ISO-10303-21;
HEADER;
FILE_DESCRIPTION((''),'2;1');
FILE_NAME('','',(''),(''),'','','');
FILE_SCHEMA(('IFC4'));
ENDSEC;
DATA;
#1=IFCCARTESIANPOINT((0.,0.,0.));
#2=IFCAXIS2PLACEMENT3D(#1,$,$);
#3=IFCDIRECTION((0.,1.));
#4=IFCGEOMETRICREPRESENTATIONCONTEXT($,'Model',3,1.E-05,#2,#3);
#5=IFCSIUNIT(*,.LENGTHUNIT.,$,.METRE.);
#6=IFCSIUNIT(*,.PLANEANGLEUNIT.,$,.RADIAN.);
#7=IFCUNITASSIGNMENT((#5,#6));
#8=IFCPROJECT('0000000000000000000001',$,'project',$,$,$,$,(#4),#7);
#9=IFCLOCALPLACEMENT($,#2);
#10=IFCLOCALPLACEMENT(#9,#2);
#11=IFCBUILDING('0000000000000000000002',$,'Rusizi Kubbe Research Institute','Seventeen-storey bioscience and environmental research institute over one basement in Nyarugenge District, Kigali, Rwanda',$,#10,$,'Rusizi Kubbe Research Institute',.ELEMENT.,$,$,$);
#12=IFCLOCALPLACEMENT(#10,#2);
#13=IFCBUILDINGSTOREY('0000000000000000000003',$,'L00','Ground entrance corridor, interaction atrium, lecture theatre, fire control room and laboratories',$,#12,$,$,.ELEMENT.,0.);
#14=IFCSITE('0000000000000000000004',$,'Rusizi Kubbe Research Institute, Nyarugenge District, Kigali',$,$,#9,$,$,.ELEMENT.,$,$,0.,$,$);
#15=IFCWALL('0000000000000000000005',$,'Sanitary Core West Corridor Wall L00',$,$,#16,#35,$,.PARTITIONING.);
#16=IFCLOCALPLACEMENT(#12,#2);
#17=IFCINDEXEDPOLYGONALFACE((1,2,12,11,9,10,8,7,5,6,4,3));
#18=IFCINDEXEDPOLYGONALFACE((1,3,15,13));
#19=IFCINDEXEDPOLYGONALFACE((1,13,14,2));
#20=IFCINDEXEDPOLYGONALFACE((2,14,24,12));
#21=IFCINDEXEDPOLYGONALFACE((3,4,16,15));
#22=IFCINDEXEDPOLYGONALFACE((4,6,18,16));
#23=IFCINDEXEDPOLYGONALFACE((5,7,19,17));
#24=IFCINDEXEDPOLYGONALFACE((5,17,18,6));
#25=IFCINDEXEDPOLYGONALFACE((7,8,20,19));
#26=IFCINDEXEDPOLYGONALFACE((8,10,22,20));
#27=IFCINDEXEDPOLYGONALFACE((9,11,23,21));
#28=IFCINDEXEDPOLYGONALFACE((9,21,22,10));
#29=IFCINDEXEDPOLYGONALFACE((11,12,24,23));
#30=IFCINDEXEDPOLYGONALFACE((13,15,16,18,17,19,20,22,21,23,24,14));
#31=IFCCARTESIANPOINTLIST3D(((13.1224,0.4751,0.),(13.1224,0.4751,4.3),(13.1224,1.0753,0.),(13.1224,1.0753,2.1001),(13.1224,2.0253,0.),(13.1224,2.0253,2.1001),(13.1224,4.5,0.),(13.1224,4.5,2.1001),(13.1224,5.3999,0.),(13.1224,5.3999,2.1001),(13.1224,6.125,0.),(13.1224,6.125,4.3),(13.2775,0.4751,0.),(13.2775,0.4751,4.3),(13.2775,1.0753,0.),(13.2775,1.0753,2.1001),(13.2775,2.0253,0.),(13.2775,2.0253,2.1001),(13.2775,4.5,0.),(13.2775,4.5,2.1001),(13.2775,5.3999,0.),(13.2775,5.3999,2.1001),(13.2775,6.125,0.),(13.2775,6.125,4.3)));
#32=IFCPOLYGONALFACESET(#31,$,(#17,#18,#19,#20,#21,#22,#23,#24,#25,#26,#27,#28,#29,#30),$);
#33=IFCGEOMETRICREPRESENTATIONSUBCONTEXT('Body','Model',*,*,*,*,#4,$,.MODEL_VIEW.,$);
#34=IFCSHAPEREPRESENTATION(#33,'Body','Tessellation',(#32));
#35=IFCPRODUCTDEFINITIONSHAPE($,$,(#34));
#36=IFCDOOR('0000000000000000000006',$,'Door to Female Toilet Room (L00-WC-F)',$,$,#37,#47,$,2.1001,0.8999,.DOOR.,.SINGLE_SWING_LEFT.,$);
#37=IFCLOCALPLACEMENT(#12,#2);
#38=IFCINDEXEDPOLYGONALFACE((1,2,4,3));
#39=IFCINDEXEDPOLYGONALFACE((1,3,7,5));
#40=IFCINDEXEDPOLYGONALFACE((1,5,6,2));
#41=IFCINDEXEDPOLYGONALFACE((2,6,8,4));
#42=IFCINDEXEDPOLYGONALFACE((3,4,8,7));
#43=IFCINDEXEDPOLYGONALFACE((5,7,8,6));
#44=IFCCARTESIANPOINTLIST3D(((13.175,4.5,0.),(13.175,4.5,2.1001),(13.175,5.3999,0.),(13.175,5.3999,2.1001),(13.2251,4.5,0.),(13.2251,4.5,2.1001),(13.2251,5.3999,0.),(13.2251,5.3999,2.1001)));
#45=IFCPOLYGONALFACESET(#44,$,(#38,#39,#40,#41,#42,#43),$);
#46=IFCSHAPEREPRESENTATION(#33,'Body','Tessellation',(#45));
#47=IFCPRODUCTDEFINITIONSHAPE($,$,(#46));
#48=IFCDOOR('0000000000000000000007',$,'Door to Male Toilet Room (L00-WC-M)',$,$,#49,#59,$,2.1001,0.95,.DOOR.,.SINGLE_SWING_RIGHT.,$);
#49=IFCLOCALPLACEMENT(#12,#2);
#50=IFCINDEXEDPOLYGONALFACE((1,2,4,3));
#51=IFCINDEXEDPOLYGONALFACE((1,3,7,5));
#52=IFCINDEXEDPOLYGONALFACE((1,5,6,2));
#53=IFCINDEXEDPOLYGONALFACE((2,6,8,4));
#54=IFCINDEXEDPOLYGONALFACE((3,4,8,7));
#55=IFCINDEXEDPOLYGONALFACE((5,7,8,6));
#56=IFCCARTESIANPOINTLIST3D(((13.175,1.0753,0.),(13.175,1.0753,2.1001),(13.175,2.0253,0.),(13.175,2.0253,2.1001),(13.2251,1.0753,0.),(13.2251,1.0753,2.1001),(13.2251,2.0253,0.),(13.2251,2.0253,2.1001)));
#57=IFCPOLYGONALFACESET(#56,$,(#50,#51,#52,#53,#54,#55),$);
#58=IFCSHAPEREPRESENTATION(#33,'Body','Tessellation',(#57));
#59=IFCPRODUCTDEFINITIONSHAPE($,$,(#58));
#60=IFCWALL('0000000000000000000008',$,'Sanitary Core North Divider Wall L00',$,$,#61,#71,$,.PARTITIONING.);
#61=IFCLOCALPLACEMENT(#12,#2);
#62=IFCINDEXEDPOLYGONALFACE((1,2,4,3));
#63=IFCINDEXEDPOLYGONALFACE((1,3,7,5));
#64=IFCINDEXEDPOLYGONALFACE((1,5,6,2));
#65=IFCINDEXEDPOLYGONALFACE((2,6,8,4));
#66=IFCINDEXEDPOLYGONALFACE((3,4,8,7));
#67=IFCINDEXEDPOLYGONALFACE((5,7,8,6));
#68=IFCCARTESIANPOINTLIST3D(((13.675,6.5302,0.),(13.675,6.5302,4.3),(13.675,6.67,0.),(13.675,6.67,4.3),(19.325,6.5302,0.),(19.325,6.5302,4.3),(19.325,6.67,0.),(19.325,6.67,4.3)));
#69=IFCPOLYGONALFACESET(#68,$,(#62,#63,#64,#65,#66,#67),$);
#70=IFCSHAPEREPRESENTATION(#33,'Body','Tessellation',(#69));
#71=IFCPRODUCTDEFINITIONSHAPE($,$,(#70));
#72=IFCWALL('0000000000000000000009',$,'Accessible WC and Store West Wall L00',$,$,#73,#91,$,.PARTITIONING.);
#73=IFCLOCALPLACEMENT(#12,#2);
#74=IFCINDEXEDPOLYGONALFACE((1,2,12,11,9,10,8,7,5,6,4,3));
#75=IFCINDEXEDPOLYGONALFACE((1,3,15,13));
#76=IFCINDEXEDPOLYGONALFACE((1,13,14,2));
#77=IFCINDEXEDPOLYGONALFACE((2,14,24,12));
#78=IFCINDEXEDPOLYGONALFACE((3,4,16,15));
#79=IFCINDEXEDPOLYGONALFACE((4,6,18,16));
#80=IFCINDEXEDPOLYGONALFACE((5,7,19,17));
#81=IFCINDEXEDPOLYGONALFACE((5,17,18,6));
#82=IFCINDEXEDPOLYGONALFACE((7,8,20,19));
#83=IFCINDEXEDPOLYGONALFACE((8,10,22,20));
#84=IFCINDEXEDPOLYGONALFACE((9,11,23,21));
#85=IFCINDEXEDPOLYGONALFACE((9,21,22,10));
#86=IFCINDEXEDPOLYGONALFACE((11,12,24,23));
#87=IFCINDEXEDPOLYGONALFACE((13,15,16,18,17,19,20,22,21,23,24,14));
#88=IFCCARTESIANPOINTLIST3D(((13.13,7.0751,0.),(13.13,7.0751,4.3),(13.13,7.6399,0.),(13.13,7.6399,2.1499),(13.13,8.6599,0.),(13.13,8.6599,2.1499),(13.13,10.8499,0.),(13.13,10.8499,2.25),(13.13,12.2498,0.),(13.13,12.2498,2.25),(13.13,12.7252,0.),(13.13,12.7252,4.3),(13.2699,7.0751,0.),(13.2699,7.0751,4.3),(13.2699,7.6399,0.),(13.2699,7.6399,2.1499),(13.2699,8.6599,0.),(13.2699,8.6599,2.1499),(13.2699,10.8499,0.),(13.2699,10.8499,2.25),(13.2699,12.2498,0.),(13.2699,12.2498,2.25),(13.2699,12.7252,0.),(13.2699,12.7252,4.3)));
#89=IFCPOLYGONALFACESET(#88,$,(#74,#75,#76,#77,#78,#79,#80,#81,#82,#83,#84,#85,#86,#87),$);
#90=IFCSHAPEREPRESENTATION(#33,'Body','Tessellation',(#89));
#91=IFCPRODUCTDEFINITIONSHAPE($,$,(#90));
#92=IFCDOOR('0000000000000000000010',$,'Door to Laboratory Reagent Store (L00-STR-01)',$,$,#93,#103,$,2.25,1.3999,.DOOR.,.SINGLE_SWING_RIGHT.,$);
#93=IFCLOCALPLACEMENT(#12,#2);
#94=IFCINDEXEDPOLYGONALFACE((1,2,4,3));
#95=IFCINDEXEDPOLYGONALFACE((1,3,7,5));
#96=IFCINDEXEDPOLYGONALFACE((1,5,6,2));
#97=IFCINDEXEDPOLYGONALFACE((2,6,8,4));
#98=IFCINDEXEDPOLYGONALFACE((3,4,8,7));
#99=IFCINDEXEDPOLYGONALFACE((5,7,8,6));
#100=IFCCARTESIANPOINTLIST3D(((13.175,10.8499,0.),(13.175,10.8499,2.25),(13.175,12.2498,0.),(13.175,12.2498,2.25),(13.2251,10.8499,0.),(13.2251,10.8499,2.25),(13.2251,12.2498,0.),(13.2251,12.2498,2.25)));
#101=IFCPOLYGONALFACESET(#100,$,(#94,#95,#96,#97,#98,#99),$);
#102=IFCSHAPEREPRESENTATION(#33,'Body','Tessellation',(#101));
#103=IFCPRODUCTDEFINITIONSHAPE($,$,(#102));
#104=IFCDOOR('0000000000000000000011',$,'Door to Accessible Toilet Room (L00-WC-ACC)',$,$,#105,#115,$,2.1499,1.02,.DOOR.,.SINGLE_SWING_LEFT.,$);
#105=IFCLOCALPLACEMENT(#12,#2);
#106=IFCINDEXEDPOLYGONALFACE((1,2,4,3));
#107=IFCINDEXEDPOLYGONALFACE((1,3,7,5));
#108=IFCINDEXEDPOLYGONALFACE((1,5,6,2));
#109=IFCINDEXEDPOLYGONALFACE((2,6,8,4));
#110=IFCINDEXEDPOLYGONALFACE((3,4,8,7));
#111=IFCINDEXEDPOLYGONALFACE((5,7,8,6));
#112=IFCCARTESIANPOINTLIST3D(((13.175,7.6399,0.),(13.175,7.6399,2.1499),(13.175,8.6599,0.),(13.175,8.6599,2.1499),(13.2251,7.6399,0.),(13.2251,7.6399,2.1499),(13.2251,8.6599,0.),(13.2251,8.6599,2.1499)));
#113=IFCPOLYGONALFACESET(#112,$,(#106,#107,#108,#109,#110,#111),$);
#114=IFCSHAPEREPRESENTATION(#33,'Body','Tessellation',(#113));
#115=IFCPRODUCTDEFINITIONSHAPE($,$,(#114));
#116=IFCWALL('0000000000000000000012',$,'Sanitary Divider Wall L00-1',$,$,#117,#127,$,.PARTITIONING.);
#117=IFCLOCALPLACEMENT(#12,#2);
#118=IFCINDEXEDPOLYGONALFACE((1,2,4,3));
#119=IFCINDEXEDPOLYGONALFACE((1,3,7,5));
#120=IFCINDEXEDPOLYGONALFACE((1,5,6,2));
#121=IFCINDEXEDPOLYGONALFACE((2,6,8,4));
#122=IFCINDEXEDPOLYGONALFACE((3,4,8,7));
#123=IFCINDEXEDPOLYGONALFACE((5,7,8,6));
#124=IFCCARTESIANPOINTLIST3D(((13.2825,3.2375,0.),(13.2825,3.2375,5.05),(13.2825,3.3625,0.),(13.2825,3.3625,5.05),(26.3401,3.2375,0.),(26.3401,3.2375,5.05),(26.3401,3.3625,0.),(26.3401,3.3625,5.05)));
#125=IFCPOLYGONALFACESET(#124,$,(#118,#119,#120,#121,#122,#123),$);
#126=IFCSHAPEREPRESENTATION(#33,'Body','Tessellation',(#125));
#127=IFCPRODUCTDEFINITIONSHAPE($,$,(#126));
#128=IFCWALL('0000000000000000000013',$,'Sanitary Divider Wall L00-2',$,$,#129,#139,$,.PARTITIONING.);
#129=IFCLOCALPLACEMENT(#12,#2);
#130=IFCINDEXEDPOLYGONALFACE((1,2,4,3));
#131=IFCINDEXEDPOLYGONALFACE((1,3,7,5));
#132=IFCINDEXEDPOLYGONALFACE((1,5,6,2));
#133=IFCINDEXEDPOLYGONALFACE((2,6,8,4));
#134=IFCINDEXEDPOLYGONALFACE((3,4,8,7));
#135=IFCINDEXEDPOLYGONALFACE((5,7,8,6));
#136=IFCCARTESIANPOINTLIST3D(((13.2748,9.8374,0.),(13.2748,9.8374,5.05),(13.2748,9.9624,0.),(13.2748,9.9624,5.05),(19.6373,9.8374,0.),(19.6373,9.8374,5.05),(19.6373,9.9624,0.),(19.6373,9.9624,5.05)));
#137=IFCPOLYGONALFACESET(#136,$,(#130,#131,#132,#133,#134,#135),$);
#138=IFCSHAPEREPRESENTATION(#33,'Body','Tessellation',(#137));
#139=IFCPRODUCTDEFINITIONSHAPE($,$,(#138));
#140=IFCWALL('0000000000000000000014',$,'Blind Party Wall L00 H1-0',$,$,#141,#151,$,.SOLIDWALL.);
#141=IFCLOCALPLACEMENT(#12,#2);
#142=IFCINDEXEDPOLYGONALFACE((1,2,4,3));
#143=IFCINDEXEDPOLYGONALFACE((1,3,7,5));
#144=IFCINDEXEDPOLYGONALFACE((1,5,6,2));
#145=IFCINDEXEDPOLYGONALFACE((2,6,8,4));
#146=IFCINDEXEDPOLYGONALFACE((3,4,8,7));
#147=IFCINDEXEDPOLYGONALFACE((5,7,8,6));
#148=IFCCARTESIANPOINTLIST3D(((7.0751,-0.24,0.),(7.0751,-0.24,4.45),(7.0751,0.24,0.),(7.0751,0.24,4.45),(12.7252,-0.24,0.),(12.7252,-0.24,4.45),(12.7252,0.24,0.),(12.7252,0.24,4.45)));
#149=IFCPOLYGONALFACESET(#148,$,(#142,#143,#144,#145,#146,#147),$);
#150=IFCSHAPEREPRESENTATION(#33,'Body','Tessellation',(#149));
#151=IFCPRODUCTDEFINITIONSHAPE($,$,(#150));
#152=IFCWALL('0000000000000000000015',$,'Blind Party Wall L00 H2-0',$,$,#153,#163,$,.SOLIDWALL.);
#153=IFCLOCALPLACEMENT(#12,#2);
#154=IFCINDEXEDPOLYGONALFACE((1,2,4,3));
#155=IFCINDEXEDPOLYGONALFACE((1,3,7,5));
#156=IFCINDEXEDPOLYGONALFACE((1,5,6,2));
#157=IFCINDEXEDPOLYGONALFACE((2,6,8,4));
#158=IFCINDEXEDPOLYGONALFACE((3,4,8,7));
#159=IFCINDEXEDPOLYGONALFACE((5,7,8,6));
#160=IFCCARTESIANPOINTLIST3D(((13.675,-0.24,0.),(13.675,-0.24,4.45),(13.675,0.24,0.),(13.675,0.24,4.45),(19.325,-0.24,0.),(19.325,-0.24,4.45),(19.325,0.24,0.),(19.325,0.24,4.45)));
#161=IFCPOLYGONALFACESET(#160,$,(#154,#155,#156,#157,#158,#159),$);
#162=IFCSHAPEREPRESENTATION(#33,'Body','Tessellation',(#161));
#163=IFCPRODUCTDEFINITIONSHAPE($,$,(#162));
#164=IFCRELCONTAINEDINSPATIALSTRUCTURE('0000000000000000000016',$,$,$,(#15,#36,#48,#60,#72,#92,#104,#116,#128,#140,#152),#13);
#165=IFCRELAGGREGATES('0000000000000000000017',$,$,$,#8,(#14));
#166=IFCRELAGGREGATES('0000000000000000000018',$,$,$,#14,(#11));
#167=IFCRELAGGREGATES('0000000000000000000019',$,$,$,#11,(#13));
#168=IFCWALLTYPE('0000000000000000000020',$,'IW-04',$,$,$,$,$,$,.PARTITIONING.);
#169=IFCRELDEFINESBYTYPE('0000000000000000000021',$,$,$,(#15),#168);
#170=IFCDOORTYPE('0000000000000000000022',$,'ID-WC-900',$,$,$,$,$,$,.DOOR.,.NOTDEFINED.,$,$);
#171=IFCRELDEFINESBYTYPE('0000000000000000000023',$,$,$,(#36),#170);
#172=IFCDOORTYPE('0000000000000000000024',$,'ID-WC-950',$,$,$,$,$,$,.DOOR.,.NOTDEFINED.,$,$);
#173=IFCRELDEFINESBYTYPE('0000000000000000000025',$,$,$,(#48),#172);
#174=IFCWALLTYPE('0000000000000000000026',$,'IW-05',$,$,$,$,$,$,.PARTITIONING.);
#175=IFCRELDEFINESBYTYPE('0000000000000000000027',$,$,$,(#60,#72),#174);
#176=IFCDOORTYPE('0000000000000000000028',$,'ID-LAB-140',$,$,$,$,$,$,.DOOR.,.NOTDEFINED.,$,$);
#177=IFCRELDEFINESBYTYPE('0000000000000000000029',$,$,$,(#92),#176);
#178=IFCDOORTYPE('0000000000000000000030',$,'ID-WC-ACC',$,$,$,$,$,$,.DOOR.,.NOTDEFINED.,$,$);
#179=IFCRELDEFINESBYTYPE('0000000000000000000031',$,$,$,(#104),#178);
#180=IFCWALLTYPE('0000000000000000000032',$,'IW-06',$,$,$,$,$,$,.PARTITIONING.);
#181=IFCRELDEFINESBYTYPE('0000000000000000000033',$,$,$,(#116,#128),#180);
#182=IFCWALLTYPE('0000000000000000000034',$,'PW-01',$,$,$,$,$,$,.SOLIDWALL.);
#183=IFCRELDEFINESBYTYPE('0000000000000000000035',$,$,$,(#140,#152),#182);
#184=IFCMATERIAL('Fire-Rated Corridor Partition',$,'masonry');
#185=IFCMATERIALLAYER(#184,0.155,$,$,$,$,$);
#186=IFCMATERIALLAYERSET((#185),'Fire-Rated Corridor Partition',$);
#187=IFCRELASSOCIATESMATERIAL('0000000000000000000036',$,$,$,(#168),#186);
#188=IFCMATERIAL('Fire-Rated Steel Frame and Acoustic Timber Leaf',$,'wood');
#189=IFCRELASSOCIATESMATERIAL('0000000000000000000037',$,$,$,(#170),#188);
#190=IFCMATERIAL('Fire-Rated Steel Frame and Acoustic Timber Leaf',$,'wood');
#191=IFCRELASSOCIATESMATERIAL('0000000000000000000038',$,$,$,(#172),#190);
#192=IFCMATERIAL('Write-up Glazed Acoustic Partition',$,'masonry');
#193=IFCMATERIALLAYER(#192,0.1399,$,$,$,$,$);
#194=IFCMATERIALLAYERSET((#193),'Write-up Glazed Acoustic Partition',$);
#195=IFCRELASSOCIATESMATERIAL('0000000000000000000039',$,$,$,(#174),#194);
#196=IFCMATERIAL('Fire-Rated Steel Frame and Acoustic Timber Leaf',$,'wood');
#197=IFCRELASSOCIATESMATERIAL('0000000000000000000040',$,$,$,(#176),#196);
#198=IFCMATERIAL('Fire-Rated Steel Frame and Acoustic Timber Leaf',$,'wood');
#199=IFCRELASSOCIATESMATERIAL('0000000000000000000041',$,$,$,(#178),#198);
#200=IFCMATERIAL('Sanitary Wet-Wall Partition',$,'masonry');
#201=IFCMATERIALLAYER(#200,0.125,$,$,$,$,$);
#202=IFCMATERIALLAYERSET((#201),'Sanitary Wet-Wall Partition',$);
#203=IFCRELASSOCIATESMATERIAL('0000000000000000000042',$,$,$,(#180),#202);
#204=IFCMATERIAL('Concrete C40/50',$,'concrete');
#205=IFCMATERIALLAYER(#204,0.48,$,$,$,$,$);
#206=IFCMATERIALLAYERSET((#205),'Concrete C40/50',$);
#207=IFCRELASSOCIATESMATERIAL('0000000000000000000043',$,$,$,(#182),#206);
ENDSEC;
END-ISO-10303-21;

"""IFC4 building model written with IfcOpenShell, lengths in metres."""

from ifc_helpers import new_model, si_unit, direction, frame, frame_2d, origin, place, context, subcontext, project, spatial, rectangle, extrude, material, layer, layer_set, type_object, element, fill, save


model = new_model("IFC4")

# Units and contexts
model_context = context("Model", 3, precision=1e-05, world=origin(), true_north=direction((0.0, 1.0)))
body_context = subcontext(model_context, "Body", "Model", "MODEL_VIEW")
ifc_project = project(units=[si_unit("LENGTHUNIT", "METRE"), si_unit("PLANEANGLEUNIT", "RADIAN")], contexts=[model_context])

# Site, building, storey
site_placement = place(None, origin())
site = spatial("IfcSite", under=ifc_project, at=site_placement, Name="Rusizi Kubbe Research Institute, Nyarugenge District, Kigali", CompositionType="ELEMENT", RefElevation=0.0)
building_placement = place(site_placement, origin())
building = spatial("IfcBuilding", under=site, at=building_placement, Name="Rusizi Kubbe Research Institute", Description="Seventeen-storey bioscience and environmental research institute over one basement in Nyarugenge District, Kigali, Rwanda", LongName="Rusizi Kubbe Research Institute", CompositionType="ELEMENT")
storey_placement = place(building_placement, origin())
storey = spatial("IfcBuildingStorey", under=building, at=storey_placement, Name="L00", Description="Ground entrance corridor, interaction atrium, lecture theatre, fire control room and laboratories", CompositionType="ELEMENT", Elevation=0.0)

# Wall, openings, doors
ifc_material_1 = material(Name="Fire-Rated Corridor Partition", Category="masonry")
ifc_layer_1 = layer(ifc_material_1, 0.155)
ifc_layer_set_1 = layer_set([ifc_layer_1], Name="Fire-Rated Corridor Partition")
wall_type_1 = type_object("IfcWallType", Name="IW-04", PredefinedType="PARTITIONING", material=ifc_layer_set_1)
wall_1_placement = place(storey_placement, frame((13.2, 0.4751, 0.0), z_axis=(0.0, 0.0, 1.0), x_axis=(0.0, 1.0, 0.0)))
wall_1 = element("IfcWall", 1, at=wall_1_placement, inside=storey, type_object=wall_type_1, Name="Sanitary Core West Corridor Wall L00", PredefinedType="PARTITIONING", context=body_context, shape_type="SweptSolid", body=[
    extrude(rectangle(XDim=5.6499, YDim=0.155, at=frame_2d((2.825, 0.0))), origin(), (0.0, 0.0, 1.0), 4.3),
])
opening_1_placement = place(wall_1_placement, frame((0.6001, 0.0, 0.0)))
opening_1 = element("IfcOpeningElement", 2, at=opening_1_placement, cuts=wall_1, PredefinedType="OPENING", context=body_context, shape_type="SweptSolid", body=[
    extrude(rectangle(XDim=0.95, YDim=2.1001, at=frame_2d((0.4751, 1.05))), frame((0.0, 0.0874, 0.0), z_axis=(0.0, -1.0, 0.0), x_axis=(1.0, 0.0, 0.0)), (0.0, 0.0, 1.0), 0.175),
])
opening_2_placement = place(wall_1_placement, frame((4.0249, 0.0, 0.0)))
opening_2 = element("IfcOpeningElement", 3, at=opening_2_placement, cuts=wall_1, PredefinedType="OPENING", context=body_context, shape_type="SweptSolid", body=[
    extrude(rectangle(XDim=0.8999, YDim=2.1001, at=frame_2d((0.45, 1.05))), frame((0.0, 0.0874, 0.0), z_axis=(0.0, -1.0, 0.0), x_axis=(1.0, 0.0, 0.0)), (0.0, 0.0, 1.0), 0.175),
])
ifc_material_2 = material(Name="Fire-Rated Steel Frame and Acoustic Timber Leaf", Category="wood")
door_type_1 = type_object("IfcDoorType", Name="ID-WC-900", OperationType="NOTDEFINED", PredefinedType="DOOR", material=ifc_material_2)
door_1_placement = place(opening_2_placement, origin())
door_1 = element("IfcDoor", 4, at=door_1_placement, inside=storey, type_object=door_type_1, Name="Door to Female Toilet Room (L00-WC-F)", OperationType="SINGLE_SWING_LEFT", OverallHeight=2.1001, OverallWidth=0.8999, PredefinedType="DOOR", context=body_context, shape_type="SweptSolid", body=[
    extrude(rectangle(XDim=0.8999, YDim=2.1001, at=frame_2d((0.45, 1.05))), frame((0.0, 0.0249, 0.0), z_axis=(0.0, -1.0, 0.0), x_axis=(1.0, 0.0, 0.0)), (0.0, 0.0, 1.0), 0.05),
])
fill(opening_2, door_1)
ifc_material_3 = material(Name="Fire-Rated Steel Frame and Acoustic Timber Leaf", Category="wood")
door_type_2 = type_object("IfcDoorType", Name="ID-WC-950", OperationType="NOTDEFINED", PredefinedType="DOOR", material=ifc_material_3)
door_2_placement = place(opening_1_placement, origin())
door_2 = element("IfcDoor", 5, at=door_2_placement, inside=storey, type_object=door_type_2, Name="Door to Male Toilet Room (L00-WC-M)", OperationType="SINGLE_SWING_RIGHT", OverallHeight=2.1001, OverallWidth=0.95, PredefinedType="DOOR", context=body_context, shape_type="SweptSolid", body=[
    extrude(rectangle(XDim=0.95, YDim=2.1001, at=frame_2d((0.4751, 1.05))), frame((0.0, 0.0249, 0.0), z_axis=(0.0, -1.0, 0.0), x_axis=(1.0, 0.0, 0.0)), (0.0, 0.0, 1.0), 0.05),
])
fill(opening_1, door_2)

# Wall
ifc_material_4 = material(Name="Write-up Glazed Acoustic Partition", Category="masonry")
ifc_layer_2 = layer(ifc_material_4, 0.1399)
ifc_layer_set_2 = layer_set([ifc_layer_2], Name="Write-up Glazed Acoustic Partition")
wall_type_2 = type_object("IfcWallType", Name="IW-05", PredefinedType="PARTITIONING", material=ifc_layer_set_2)
wall_2_placement = place(storey_placement, frame((13.675, 6.6001, 0.0), z_axis=(0.0, 0.0, 1.0), x_axis=(1.0, 0.0, 0.0)))
element("IfcWall", 6, at=wall_2_placement, inside=storey, type_object=wall_type_2, Name="Sanitary Core North Divider Wall L00", PredefinedType="PARTITIONING", context=body_context, shape_type="SweptSolid", body=[
    extrude(rectangle(XDim=5.6499, YDim=0.1399, at=frame_2d((2.825, 0.0))), origin(), (0.0, 0.0, 1.0), 4.3),
])

# Wall, openings, doors
wall_3_placement = place(storey_placement, frame((13.2, 7.075, 0.0), z_axis=(0.0, 0.0, 1.0), x_axis=(0.0, 1.0, 0.0)))
wall_3 = element("IfcWall", 7, at=wall_3_placement, inside=storey, type_object=wall_type_2, Name="Accessible WC and Store West Wall L00", PredefinedType="PARTITIONING", context=body_context, shape_type="SweptSolid", body=[
    extrude(rectangle(XDim=5.6501, YDim=0.1399, at=frame_2d((2.8252, 0.0))), origin(), (0.0, 0.0, 1.0), 4.3),
])
opening_3_placement = place(wall_3_placement, frame((0.5649, 0.0, 0.0)))
opening_3 = element("IfcOpeningElement", 8, at=opening_3_placement, cuts=wall_3, PredefinedType="OPENING", context=body_context, shape_type="SweptSolid", body=[
    extrude(rectangle(XDim=1.02, YDim=2.1499, at=frame_2d((0.51, 1.075))), frame((0.0, 0.0798, 0.0), z_axis=(0.0, -1.0, 0.0), x_axis=(1.0, 0.0, 0.0)), (0.0, 0.0, 1.0), 0.1599),
])
opening_4_placement = place(wall_3_placement, frame((3.7749, 0.0, 0.0)))
opening_4 = element("IfcOpeningElement", 9, at=opening_4_placement, cuts=wall_3, PredefinedType="OPENING", context=body_context, shape_type="SweptSolid", body=[
    extrude(rectangle(XDim=1.3999, YDim=2.25, at=frame_2d((0.7, 1.125))), frame((0.0, 0.0798, 0.0), z_axis=(0.0, -1.0, 0.0), x_axis=(1.0, 0.0, 0.0)), (0.0, 0.0, 1.0), 0.1599),
])
ifc_material_5 = material(Name="Fire-Rated Steel Frame and Acoustic Timber Leaf", Category="wood")
door_type_3 = type_object("IfcDoorType", Name="ID-LAB-140", OperationType="NOTDEFINED", PredefinedType="DOOR", material=ifc_material_5)
door_3_placement = place(opening_4_placement, origin())
door_3 = element("IfcDoor", 10, at=door_3_placement, inside=storey, type_object=door_type_3, Name="Door to Laboratory Reagent Store (L00-STR-01)", OperationType="SINGLE_SWING_RIGHT", OverallHeight=2.25, OverallWidth=1.3999, PredefinedType="DOOR", context=body_context, shape_type="SweptSolid", body=[
    extrude(rectangle(XDim=1.3999, YDim=2.25, at=frame_2d((0.7, 1.125))), frame((0.0, 0.0249, 0.0), z_axis=(0.0, -1.0, 0.0), x_axis=(1.0, 0.0, 0.0)), (0.0, 0.0, 1.0), 0.05),
])
fill(opening_4, door_3)
ifc_material_6 = material(Name="Fire-Rated Steel Frame and Acoustic Timber Leaf", Category="wood")
door_type_4 = type_object("IfcDoorType", Name="ID-WC-ACC", OperationType="NOTDEFINED", PredefinedType="DOOR", material=ifc_material_6)
door_4_placement = place(opening_3_placement, origin())
door_4 = element("IfcDoor", 11, at=door_4_placement, inside=storey, type_object=door_type_4, Name="Door to Accessible Toilet Room (L00-WC-ACC)", OperationType="SINGLE_SWING_LEFT", OverallHeight=2.1499, OverallWidth=1.02, PredefinedType="DOOR", context=body_context, shape_type="SweptSolid", body=[
    extrude(rectangle(XDim=1.02, YDim=2.1499, at=frame_2d((0.51, 1.075))), frame((0.0, 0.0249, 0.0), z_axis=(0.0, -1.0, 0.0), x_axis=(1.0, 0.0, 0.0)), (0.0, 0.0, 1.0), 0.05),
])
fill(opening_3, door_4)

# Walls
ifc_material_7 = material(Name="Sanitary Wet-Wall Partition", Category="masonry")
ifc_layer_3 = layer(ifc_material_7, 0.125)
ifc_layer_set_3 = layer_set([ifc_layer_3], Name="Sanitary Wet-Wall Partition")
wall_type_3 = type_object("IfcWallType", Name="IW-06", PredefinedType="PARTITIONING", material=ifc_layer_set_3)
wall_4_placement = place(storey_placement, frame((13.2825, 3.3, 0.0), z_axis=(0.0, 0.0, 1.0), x_axis=(1.0, 0.0, 0.0)))
element("IfcWall", 12, at=wall_4_placement, inside=storey, type_object=wall_type_3, Name="Sanitary Divider Wall L00-1", PredefinedType="PARTITIONING", context=body_context, shape_type="SweptSolid", body=[
    extrude(rectangle(XDim=13.0576, YDim=0.125, at=frame_2d((6.5288, 0.0))), origin(), (0.0, 0.0, 1.0), 5.05),
])
wall_5_placement = place(storey_placement, frame((13.2749, 9.8999, 0.0), z_axis=(0.0, 0.0, 1.0), x_axis=(1.0, 0.0, 0.0)))
element("IfcWall", 13, at=wall_5_placement, inside=storey, type_object=wall_type_3, Name="Sanitary Divider Wall L00-2", PredefinedType="PARTITIONING", context=body_context, shape_type="SweptSolid", body=[
    extrude(rectangle(XDim=6.3625, YDim=0.125, at=frame_2d((3.1812, 0.0))), origin(), (0.0, 0.0, 1.0), 5.05),
])
ifc_material_8 = material(Name="Concrete C40/50", Category="concrete")
ifc_layer_4 = layer(ifc_material_8, 0.48)
ifc_layer_set_4 = layer_set([ifc_layer_4], Name="Concrete C40/50")
wall_type_4 = type_object("IfcWallType", Name="PW-01", PredefinedType="SOLIDWALL", material=ifc_layer_set_4)
wall_6_placement = place(storey_placement, frame((7.075, 0.0, 0.0), z_axis=(0.0, 0.0, 1.0), x_axis=(1.0, 0.0, 0.0)))
element("IfcWall", 14, at=wall_6_placement, inside=storey, type_object=wall_type_4, Name="Blind Party Wall L00 H1-0", PredefinedType="SOLIDWALL", context=body_context, shape_type="SweptSolid", body=[
    extrude(rectangle(XDim=5.6501, YDim=0.48, at=frame_2d((2.8252, 0.0))), origin(), (0.0, 0.0, 1.0), 4.45),
])
wall_7_placement = place(storey_placement, frame((13.675, 0.0, 0.0), z_axis=(0.0, 0.0, 1.0), x_axis=(1.0, 0.0, 0.0)))
element("IfcWall", 15, at=wall_7_placement, inside=storey, type_object=wall_type_4, Name="Blind Party Wall L00 H2-0", PredefinedType="SOLIDWALL", context=body_context, shape_type="SweptSolid", body=[
    extrude(rectangle(XDim=5.6499, YDim=0.48, at=frame_2d((2.825, 0.0))), origin(), (0.0, 0.0, 1.0), 4.45),
])

save(model, "model.ifc")
